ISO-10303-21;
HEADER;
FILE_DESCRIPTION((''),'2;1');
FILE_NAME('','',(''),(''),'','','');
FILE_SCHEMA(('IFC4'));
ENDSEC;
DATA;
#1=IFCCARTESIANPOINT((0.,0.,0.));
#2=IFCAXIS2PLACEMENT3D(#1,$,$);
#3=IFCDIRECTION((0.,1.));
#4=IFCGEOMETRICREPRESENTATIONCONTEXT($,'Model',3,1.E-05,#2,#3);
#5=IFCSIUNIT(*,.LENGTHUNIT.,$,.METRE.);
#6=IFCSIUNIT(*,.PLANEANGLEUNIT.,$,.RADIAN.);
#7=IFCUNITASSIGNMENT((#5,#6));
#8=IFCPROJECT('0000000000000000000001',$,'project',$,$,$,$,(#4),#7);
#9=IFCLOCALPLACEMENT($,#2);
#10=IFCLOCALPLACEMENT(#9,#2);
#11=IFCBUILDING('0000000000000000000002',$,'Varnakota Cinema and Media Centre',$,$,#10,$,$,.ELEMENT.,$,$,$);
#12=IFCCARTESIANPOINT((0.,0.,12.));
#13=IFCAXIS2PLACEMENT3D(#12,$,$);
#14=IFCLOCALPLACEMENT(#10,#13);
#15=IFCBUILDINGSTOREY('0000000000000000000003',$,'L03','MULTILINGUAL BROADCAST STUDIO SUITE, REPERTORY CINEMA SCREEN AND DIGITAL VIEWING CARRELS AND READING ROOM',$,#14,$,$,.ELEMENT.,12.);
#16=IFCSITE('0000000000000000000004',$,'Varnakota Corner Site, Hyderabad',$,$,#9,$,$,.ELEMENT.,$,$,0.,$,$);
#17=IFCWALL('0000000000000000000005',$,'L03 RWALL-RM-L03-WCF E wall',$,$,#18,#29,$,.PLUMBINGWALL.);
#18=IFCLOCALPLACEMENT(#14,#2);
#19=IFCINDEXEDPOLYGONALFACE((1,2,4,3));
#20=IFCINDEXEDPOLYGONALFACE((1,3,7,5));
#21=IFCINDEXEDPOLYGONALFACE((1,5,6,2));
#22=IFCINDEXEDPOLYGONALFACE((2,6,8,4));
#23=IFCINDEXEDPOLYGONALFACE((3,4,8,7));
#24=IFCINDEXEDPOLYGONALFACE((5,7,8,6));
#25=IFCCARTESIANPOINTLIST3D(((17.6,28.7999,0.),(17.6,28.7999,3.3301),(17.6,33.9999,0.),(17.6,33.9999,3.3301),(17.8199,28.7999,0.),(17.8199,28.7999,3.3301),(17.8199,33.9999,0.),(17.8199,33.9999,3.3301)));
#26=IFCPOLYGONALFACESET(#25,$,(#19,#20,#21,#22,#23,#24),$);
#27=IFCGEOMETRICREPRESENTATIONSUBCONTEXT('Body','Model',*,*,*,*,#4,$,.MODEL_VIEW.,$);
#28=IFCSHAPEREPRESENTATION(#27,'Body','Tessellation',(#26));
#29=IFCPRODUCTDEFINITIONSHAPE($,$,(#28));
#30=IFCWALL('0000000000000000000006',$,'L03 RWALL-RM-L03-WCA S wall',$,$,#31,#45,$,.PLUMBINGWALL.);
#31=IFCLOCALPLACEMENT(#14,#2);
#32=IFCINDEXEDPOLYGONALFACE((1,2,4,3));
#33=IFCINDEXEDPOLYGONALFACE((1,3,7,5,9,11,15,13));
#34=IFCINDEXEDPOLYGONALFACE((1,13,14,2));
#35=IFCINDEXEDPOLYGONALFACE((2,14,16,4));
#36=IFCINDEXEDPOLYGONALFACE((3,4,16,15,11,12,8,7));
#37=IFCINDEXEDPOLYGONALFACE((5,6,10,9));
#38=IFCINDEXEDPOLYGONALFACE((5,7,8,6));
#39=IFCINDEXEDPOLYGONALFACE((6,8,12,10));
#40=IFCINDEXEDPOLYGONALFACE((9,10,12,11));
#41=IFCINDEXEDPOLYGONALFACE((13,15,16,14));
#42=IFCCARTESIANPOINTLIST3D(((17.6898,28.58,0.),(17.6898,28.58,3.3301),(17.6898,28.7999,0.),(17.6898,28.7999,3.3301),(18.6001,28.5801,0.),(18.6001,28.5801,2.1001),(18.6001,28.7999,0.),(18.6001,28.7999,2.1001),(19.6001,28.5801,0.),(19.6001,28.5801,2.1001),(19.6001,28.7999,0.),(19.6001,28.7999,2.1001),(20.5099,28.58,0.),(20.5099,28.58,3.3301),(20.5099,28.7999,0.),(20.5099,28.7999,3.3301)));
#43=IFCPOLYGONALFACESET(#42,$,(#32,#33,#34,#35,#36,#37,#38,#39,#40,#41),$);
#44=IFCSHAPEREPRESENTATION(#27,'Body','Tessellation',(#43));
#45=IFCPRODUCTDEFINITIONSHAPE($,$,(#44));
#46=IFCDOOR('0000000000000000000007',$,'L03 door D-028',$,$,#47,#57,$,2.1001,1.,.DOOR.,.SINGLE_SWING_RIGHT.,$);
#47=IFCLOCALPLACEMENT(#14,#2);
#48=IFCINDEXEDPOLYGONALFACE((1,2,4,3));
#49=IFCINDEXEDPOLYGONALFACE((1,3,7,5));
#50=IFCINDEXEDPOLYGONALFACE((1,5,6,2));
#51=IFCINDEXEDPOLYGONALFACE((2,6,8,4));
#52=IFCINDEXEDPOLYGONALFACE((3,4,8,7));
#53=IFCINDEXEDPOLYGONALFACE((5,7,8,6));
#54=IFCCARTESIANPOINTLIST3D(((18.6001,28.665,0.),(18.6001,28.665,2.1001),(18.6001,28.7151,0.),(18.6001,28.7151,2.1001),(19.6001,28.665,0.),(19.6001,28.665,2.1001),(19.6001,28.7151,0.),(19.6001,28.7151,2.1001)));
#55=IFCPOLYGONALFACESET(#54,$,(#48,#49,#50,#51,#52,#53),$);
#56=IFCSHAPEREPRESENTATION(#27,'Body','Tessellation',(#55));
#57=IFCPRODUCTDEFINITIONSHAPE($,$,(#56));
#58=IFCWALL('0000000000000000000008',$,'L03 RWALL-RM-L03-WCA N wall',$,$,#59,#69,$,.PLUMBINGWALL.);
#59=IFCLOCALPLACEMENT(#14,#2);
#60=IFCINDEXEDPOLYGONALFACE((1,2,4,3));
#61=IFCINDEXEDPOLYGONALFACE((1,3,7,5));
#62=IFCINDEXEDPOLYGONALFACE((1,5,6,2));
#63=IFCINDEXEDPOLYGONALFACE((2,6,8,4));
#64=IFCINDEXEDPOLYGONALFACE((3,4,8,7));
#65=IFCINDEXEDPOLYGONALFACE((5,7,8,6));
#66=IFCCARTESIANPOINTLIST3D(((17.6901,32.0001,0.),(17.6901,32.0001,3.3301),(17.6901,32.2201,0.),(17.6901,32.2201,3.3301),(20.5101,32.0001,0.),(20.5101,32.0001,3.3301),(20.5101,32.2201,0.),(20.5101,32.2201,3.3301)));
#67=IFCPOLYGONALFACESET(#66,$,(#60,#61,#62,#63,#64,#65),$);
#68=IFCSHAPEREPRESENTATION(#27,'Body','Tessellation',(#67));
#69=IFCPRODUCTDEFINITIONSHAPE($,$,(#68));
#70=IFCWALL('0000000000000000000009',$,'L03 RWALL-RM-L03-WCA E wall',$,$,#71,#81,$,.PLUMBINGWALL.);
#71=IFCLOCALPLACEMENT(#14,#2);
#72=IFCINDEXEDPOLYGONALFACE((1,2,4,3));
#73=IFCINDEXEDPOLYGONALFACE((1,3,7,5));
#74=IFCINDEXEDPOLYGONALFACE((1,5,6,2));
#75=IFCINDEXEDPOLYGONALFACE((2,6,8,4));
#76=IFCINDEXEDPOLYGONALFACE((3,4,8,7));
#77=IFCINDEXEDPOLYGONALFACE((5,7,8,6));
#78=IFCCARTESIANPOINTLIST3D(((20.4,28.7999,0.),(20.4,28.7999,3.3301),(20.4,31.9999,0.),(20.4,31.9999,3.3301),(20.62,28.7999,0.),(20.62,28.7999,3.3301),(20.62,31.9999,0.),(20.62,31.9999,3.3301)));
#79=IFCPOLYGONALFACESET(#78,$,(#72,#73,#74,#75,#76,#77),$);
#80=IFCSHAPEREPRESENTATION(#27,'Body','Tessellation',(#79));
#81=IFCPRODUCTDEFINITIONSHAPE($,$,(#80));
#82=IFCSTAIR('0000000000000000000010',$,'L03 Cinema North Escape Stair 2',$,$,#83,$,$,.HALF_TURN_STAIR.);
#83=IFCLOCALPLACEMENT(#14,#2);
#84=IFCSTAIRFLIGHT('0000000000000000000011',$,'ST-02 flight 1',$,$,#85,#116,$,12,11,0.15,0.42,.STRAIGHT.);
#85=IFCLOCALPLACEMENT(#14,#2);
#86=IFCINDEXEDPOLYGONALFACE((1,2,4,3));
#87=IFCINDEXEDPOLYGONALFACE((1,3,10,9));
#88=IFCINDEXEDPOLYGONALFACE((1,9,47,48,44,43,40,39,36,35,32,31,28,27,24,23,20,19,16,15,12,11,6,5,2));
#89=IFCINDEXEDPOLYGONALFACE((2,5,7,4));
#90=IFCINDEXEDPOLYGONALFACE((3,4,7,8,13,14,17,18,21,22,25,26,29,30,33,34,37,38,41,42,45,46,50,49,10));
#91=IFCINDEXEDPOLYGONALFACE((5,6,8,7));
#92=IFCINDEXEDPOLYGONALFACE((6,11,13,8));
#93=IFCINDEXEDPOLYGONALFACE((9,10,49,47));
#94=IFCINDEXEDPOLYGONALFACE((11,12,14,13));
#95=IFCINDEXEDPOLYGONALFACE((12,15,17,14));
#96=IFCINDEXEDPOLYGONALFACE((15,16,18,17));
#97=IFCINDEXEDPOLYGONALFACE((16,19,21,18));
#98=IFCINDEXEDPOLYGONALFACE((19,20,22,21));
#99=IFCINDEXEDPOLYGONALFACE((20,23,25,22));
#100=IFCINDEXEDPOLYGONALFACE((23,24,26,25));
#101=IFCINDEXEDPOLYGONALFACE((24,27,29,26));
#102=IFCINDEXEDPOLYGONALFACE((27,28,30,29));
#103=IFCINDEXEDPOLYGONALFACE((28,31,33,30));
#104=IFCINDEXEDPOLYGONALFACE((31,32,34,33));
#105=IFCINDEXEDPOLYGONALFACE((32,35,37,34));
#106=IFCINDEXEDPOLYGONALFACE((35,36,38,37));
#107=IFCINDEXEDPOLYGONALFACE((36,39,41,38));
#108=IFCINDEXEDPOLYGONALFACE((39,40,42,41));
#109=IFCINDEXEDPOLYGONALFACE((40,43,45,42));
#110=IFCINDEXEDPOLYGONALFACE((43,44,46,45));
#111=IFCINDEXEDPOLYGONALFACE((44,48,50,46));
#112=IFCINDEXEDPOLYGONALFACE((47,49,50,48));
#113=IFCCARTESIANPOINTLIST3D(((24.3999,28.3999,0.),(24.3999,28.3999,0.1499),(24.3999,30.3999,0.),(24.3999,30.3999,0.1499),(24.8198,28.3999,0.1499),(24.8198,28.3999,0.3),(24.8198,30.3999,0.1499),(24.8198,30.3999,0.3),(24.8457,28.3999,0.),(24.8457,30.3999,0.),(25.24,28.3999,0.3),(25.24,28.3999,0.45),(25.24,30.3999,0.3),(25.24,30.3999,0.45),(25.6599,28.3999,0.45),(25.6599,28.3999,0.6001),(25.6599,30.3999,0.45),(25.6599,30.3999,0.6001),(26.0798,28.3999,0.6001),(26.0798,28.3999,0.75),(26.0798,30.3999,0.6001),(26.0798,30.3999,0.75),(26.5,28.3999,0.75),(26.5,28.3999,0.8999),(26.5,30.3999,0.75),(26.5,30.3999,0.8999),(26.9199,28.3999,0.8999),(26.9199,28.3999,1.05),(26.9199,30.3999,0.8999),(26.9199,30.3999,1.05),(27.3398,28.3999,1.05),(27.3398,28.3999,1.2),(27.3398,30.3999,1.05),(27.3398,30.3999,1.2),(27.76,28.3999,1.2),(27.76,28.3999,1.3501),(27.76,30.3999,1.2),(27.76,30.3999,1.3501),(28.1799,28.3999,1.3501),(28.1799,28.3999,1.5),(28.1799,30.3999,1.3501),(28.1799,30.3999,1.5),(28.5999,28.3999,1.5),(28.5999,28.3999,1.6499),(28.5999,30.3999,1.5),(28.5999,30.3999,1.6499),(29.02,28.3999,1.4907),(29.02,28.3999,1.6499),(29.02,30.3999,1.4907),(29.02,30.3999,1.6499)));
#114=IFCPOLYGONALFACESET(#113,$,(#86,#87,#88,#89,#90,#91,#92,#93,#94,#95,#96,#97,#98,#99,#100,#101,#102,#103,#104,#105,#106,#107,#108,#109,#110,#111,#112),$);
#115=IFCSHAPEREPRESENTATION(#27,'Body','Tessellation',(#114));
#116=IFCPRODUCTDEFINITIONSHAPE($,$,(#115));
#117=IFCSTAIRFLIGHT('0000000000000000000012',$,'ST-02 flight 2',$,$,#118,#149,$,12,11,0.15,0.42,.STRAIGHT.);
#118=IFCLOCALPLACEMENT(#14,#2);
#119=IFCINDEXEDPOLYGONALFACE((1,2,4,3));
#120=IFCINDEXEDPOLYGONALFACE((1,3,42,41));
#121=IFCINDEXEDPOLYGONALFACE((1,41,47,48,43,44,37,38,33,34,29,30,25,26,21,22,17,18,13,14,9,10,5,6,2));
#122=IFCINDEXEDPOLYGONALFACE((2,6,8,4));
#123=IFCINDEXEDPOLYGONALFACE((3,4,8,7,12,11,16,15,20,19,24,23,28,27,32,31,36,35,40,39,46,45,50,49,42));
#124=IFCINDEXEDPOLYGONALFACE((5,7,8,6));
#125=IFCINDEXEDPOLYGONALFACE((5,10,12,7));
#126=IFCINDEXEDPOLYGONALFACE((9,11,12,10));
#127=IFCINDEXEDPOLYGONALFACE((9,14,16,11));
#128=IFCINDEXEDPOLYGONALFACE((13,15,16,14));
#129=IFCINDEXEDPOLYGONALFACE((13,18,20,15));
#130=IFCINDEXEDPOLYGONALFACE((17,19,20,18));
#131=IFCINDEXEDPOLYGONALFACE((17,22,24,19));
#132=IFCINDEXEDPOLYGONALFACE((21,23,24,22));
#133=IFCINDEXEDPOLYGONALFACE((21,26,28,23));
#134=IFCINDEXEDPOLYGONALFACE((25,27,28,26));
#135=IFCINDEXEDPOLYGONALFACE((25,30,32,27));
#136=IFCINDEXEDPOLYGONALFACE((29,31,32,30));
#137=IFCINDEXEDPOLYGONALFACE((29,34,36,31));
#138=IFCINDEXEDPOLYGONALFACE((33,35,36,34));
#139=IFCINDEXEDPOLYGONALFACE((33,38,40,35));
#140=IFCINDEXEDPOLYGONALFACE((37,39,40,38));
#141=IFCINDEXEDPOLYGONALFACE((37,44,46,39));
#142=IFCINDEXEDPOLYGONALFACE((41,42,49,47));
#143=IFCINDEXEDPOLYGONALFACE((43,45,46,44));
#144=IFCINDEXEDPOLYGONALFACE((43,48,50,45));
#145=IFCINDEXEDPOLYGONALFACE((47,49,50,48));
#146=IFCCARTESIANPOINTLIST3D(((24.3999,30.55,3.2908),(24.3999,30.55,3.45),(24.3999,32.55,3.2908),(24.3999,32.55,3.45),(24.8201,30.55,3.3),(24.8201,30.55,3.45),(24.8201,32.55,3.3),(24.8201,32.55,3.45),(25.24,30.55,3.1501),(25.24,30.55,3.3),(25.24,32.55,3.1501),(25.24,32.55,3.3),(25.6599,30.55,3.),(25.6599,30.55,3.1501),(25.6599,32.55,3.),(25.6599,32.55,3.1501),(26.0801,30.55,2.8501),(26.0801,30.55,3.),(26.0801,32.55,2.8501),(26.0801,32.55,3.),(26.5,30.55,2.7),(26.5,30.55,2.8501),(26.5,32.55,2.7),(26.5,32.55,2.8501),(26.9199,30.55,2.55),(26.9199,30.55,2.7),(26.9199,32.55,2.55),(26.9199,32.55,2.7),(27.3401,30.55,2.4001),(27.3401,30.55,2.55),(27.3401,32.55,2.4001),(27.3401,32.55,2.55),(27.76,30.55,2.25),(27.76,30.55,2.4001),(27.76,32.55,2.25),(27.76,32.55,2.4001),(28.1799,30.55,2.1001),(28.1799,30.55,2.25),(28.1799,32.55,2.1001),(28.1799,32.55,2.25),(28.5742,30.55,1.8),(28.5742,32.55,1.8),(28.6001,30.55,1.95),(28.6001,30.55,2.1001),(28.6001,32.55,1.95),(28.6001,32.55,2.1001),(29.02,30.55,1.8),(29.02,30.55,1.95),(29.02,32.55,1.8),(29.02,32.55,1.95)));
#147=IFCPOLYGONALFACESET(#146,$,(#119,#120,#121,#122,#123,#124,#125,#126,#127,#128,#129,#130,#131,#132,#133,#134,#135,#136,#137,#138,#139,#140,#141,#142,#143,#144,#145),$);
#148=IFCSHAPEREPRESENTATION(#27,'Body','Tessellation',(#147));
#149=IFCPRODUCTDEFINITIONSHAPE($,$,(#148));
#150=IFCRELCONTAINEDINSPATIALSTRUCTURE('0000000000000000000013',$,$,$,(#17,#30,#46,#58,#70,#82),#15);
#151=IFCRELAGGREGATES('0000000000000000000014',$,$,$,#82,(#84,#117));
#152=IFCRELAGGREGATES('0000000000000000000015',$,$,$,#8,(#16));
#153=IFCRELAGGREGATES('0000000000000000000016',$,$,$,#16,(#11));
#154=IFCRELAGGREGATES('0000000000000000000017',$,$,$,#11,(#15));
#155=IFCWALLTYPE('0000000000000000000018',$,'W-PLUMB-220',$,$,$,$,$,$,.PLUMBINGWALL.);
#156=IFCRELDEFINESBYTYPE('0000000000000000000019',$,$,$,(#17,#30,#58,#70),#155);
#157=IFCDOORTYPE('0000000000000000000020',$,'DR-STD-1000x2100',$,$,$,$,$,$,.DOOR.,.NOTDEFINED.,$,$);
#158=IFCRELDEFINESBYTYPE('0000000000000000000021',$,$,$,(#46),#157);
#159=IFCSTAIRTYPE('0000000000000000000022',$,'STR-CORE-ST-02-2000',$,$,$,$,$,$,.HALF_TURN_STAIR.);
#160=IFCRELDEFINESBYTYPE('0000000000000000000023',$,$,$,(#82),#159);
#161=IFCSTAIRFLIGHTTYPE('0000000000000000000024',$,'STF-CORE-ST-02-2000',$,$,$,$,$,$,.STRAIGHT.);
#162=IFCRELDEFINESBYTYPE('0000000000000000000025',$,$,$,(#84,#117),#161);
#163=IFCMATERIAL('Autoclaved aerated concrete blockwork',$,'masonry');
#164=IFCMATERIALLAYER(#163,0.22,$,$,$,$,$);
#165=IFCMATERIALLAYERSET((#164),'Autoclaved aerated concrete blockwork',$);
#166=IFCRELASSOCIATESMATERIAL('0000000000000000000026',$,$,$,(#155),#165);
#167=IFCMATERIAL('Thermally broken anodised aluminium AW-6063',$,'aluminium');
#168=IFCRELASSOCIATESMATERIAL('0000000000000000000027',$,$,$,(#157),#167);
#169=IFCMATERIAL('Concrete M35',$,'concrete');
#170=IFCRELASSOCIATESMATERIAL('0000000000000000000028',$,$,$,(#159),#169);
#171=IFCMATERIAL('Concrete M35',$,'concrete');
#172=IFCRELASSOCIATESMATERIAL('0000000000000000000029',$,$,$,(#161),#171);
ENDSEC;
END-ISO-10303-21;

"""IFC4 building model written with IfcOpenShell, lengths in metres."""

from ifc_helpers import new_model, si_unit, direction, frame, frame_2d, origin, place, context, subcontext, project, spatial, polyline, rectangle, outline, extrude, material, layer, layer_set, type_object, element, fill, aggregate, save


model = new_model("IFC4")

# Units and contexts
model_context = context("Model", 3, precision=1e-05, world=origin(), true_north=direction((0.0, 1.0)))
body_context = subcontext(model_context, "Body", "Model", "MODEL_VIEW")
ifc_project = project(units=[si_unit("LENGTHUNIT", "METRE"), si_unit("PLANEANGLEUNIT", "RADIAN")], contexts=[model_context])

# Site, building, storey
site_placement = place(None, origin())
site = spatial("IfcSite", under=ifc_project, at=site_placement, Name="Varnakota Corner Site, Hyderabad", CompositionType="ELEMENT", RefElevation=0.0)
building_placement = place(site_placement, origin())
building = spatial("IfcBuilding", under=site, at=building_placement, Name="Varnakota Cinema and Media Centre", CompositionType="ELEMENT")
storey_placement = place(building_placement, frame((0.0, 0.0, 12.0)))
storey = spatial("IfcBuildingStorey", under=building, at=storey_placement, Name="L03", Description="MULTILINGUAL BROADCAST STUDIO SUITE, REPERTORY CINEMA SCREEN AND DIGITAL VIEWING CARRELS AND READING ROOM", CompositionType="ELEMENT", Elevation=12.0)

# Shared definitions
ifc_material_1 = material(Name="Autoclaved aerated concrete blockwork", Category="masonry")
ifc_layer_1 = layer(ifc_material_1, 0.22)
ifc_layer_set_1 = layer_set([ifc_layer_1], Name="Autoclaved aerated concrete blockwork")
wall_type_1 = type_object("IfcWallType", Name="W-PLUMB-220", PredefinedType="PLUMBINGWALL", material=ifc_layer_set_1)
ifc_material_2 = material(Name="Thermally broken anodised aluminium AW-6063", Category="aluminium")
door_type_1 = type_object("IfcDoorType", Name="DR-STD-1000x2100", OperationType="NOTDEFINED", PredefinedType="DOOR", material=ifc_material_2)

# Wall
wall_1_placement = place(storey_placement, frame((17.71, 34.0, 0.0), z_axis=(0.0, 0.0, 1.0), x_axis=(0.0, -1.0, 0.0)))
element("IfcWall", 1, at=wall_1_placement, inside=storey, type_object=wall_type_1, Name="L03 RWALL-RM-L03-WCF E wall", PredefinedType="PLUMBINGWALL", context=body_context, shape_type="SweptSolid", body=[
    extrude(rectangle(XDim=5.2, YDim=0.22, at=frame_2d((2.6001, 0.0))), origin(), (0.0, 0.0, 1.0), 3.3301),
])

# Wall, opening, door
wall_2_placement = place(storey_placement, frame((20.51, 28.6899, 0.0), z_axis=(0.0, 0.0, 1.0), x_axis=(-1.0, 0.0, 0.0)))
wall_2 = element("IfcWall", 2, at=wall_2_placement, inside=storey, type_object=wall_type_1, Name="L03 RWALL-RM-L03-WCA S wall", PredefinedType="PLUMBINGWALL", context=body_context, shape_type="SweptSolid", body=[
    extrude(rectangle(XDim=2.8201, YDim=0.22, at=frame_2d((1.4102, 0.0))), origin(), (0.0, 0.0, 1.0), 3.3301),
])
opening_1_placement = place(wall_2_placement, frame((0.9099, 0.0, 0.0)))
opening_1 = element("IfcOpeningElement", 3, at=opening_1_placement, cuts=wall_2, PredefinedType="OPENING", context=body_context, shape_type="SweptSolid", body=[
    extrude(rectangle(XDim=1.0, YDim=2.1001, at=frame_2d((0.5, 1.05))), frame((0.0, 0.1099, 0.0), z_axis=(0.0, -1.0, 0.0), x_axis=(1.0, 0.0, 0.0)), (0.0, 0.0, 1.0), 0.22),
])
door_1_placement = place(opening_1_placement, origin())
door_1 = element("IfcDoor", 4, at=door_1_placement, inside=storey, type_object=door_type_1, Name="L03 door D-028", OperationType="SINGLE_SWING_RIGHT", OverallHeight=2.1001, OverallWidth=1.0, PredefinedType="DOOR", context=body_context, shape_type="SweptSolid", body=[
    extrude(rectangle(XDim=1.0, YDim=2.1001, at=frame_2d((0.5, 1.05))), frame((0.0, 0.0249, 0.0), z_axis=(0.0, -1.0, 0.0), x_axis=(1.0, 0.0, 0.0)), (0.0, 0.0, 1.0), 0.05),
])
fill(opening_1, door_1)

# Walls
wall_3_placement = place(storey_placement, frame((17.6899, 32.1101, 0.0), z_axis=(0.0, 0.0, 1.0), x_axis=(1.0, 0.0, 0.0)))
element("IfcWall", 5, at=wall_3_placement, inside=storey, type_object=wall_type_1, Name="L03 RWALL-RM-L03-WCA N wall", PredefinedType="PLUMBINGWALL", context=body_context, shape_type="SweptSolid", body=[
    extrude(rectangle(XDim=2.8201, YDim=0.22, at=frame_2d((1.4102, 0.0))), origin(), (0.0, 0.0, 1.0), 3.3301),
])
wall_4_placement = place(storey_placement, frame((20.51, 32.0, 0.0), z_axis=(0.0, 0.0, 1.0), x_axis=(0.0, -1.0, 0.0)))
element("IfcWall", 6, at=wall_4_placement, inside=storey, type_object=wall_type_1, Name="L03 RWALL-RM-L03-WCA E wall", PredefinedType="PLUMBINGWALL", context=body_context, shape_type="SweptSolid", body=[
    extrude(rectangle(XDim=3.2, YDim=0.22, at=frame_2d((1.6001, 0.0))), origin(), (0.0, 0.0, 1.0), 3.3301),
])

# Stair, stair flights
ifc_material_3 = material(Name="Concrete M35", Category="concrete")
stair_type = type_object("IfcStairType", Name="STR-CORE-ST-02-2000", PredefinedType="HALF_TURN_STAIR", material=ifc_material_3)
stair_placement = place(storey_placement, origin())
stair = element("IfcStair", 7, at=stair_placement, inside=storey, type_object=stair_type, Name="L03 Cinema North Escape Stair 2", PredefinedType="HALF_TURN_STAIR")
ifc_material_4 = material(Name="Concrete M35", Category="concrete")
stair_flight_type = type_object("IfcStairFlightType", Name="STF-CORE-ST-02-2000", PredefinedType="STRAIGHT", material=ifc_material_4)
stair_flight_1_placement = place(storey_placement, frame((24.3999, 29.3999, 0.0), z_axis=(0.0, 0.0, 1.0), x_axis=(1.0, 0.0, 0.0)))
stair_flight_1 = element("IfcStairFlight", 8, at=stair_flight_1_placement, type_object=stair_flight_type, Name="ST-02 flight 1", NumberOfRisers=12, NumberOfTreads=11, PredefinedType="STRAIGHT", RiserHeight=0.15, TreadLength=0.42, context=body_context, shape_type="SweptSolid", body=[
    extrude(outline(polyline([(0.0, 0.0), (0.0, 0.1499), (0.4199, 0.1499), (0.4199, 0.3), (0.8401, 0.3), (0.8401, 0.45), (1.26, 0.45), (1.26, 0.6001), (1.6799, 0.6001), (1.6799, 0.75), (2.1001, 0.75), (2.1001, 0.8999), (2.52, 0.8999), (2.52, 1.05), (2.9399, 1.05), (2.9399, 1.2), (3.3601, 1.2), (3.3601, 1.3501), (3.78, 1.3501), (3.78, 1.5), (4.2, 1.5), (4.2, 1.6499), (4.6201, 1.6499), (4.6201, 1.8), (4.6201, 1.4907), (0.4458, 0.0), (0.0, 0.0)])), frame((0.0, 1.0, 0.0), z_axis=(0.0, -1.0, 0.0), x_axis=(1.0, 0.0, 0.0)), (0.0, 0.0, 1.0), 2.0),
])
stair_flight_2_placement = place(storey_placement, frame((29.02, 31.55, 1.8), z_axis=(0.0, 0.0, 1.0), x_axis=(-1.0, 0.0, 0.0)))
stair_flight_2 = element("IfcStairFlight", 9, at=stair_flight_2_placement, type_object=stair_flight_type, Name="ST-02 flight 2", NumberOfRisers=12, NumberOfTreads=11, PredefinedType="STRAIGHT", RiserHeight=0.15, TreadLength=0.42, context=body_context, shape_type="SweptSolid", body=[
    extrude(outline(polyline([(0.0, 0.0), (0.0, 0.1499), (0.4199, 0.1499), (0.4199, 0.3), (0.8401, 0.3), (0.8401, 0.45), (1.26, 0.45), (1.26, 0.6001), (1.6799, 0.6001), (1.6799, 0.75), (2.1001, 0.75), (2.1001, 0.8999), (2.52, 0.8999), (2.52, 1.05), (2.9399, 1.05), (2.9399, 1.2), (3.3601, 1.2), (3.3601, 1.3501), (3.78, 1.3501), (3.78, 1.5), (4.2, 1.5), (4.2, 1.6499), (4.6201, 1.6499), (4.6201, 1.8), (4.6201, 1.4907), (0.4458, 0.0), (0.0, 0.0)])), frame((0.0, 1.0, 0.0), z_axis=(0.0, -1.0, 0.0), x_axis=(1.0, 0.0, 0.0)), (0.0, 0.0, 1.0), 2.0),
])
aggregate(stair, [stair_flight_1, stair_flight_2])

save(model, "model.ifc")
